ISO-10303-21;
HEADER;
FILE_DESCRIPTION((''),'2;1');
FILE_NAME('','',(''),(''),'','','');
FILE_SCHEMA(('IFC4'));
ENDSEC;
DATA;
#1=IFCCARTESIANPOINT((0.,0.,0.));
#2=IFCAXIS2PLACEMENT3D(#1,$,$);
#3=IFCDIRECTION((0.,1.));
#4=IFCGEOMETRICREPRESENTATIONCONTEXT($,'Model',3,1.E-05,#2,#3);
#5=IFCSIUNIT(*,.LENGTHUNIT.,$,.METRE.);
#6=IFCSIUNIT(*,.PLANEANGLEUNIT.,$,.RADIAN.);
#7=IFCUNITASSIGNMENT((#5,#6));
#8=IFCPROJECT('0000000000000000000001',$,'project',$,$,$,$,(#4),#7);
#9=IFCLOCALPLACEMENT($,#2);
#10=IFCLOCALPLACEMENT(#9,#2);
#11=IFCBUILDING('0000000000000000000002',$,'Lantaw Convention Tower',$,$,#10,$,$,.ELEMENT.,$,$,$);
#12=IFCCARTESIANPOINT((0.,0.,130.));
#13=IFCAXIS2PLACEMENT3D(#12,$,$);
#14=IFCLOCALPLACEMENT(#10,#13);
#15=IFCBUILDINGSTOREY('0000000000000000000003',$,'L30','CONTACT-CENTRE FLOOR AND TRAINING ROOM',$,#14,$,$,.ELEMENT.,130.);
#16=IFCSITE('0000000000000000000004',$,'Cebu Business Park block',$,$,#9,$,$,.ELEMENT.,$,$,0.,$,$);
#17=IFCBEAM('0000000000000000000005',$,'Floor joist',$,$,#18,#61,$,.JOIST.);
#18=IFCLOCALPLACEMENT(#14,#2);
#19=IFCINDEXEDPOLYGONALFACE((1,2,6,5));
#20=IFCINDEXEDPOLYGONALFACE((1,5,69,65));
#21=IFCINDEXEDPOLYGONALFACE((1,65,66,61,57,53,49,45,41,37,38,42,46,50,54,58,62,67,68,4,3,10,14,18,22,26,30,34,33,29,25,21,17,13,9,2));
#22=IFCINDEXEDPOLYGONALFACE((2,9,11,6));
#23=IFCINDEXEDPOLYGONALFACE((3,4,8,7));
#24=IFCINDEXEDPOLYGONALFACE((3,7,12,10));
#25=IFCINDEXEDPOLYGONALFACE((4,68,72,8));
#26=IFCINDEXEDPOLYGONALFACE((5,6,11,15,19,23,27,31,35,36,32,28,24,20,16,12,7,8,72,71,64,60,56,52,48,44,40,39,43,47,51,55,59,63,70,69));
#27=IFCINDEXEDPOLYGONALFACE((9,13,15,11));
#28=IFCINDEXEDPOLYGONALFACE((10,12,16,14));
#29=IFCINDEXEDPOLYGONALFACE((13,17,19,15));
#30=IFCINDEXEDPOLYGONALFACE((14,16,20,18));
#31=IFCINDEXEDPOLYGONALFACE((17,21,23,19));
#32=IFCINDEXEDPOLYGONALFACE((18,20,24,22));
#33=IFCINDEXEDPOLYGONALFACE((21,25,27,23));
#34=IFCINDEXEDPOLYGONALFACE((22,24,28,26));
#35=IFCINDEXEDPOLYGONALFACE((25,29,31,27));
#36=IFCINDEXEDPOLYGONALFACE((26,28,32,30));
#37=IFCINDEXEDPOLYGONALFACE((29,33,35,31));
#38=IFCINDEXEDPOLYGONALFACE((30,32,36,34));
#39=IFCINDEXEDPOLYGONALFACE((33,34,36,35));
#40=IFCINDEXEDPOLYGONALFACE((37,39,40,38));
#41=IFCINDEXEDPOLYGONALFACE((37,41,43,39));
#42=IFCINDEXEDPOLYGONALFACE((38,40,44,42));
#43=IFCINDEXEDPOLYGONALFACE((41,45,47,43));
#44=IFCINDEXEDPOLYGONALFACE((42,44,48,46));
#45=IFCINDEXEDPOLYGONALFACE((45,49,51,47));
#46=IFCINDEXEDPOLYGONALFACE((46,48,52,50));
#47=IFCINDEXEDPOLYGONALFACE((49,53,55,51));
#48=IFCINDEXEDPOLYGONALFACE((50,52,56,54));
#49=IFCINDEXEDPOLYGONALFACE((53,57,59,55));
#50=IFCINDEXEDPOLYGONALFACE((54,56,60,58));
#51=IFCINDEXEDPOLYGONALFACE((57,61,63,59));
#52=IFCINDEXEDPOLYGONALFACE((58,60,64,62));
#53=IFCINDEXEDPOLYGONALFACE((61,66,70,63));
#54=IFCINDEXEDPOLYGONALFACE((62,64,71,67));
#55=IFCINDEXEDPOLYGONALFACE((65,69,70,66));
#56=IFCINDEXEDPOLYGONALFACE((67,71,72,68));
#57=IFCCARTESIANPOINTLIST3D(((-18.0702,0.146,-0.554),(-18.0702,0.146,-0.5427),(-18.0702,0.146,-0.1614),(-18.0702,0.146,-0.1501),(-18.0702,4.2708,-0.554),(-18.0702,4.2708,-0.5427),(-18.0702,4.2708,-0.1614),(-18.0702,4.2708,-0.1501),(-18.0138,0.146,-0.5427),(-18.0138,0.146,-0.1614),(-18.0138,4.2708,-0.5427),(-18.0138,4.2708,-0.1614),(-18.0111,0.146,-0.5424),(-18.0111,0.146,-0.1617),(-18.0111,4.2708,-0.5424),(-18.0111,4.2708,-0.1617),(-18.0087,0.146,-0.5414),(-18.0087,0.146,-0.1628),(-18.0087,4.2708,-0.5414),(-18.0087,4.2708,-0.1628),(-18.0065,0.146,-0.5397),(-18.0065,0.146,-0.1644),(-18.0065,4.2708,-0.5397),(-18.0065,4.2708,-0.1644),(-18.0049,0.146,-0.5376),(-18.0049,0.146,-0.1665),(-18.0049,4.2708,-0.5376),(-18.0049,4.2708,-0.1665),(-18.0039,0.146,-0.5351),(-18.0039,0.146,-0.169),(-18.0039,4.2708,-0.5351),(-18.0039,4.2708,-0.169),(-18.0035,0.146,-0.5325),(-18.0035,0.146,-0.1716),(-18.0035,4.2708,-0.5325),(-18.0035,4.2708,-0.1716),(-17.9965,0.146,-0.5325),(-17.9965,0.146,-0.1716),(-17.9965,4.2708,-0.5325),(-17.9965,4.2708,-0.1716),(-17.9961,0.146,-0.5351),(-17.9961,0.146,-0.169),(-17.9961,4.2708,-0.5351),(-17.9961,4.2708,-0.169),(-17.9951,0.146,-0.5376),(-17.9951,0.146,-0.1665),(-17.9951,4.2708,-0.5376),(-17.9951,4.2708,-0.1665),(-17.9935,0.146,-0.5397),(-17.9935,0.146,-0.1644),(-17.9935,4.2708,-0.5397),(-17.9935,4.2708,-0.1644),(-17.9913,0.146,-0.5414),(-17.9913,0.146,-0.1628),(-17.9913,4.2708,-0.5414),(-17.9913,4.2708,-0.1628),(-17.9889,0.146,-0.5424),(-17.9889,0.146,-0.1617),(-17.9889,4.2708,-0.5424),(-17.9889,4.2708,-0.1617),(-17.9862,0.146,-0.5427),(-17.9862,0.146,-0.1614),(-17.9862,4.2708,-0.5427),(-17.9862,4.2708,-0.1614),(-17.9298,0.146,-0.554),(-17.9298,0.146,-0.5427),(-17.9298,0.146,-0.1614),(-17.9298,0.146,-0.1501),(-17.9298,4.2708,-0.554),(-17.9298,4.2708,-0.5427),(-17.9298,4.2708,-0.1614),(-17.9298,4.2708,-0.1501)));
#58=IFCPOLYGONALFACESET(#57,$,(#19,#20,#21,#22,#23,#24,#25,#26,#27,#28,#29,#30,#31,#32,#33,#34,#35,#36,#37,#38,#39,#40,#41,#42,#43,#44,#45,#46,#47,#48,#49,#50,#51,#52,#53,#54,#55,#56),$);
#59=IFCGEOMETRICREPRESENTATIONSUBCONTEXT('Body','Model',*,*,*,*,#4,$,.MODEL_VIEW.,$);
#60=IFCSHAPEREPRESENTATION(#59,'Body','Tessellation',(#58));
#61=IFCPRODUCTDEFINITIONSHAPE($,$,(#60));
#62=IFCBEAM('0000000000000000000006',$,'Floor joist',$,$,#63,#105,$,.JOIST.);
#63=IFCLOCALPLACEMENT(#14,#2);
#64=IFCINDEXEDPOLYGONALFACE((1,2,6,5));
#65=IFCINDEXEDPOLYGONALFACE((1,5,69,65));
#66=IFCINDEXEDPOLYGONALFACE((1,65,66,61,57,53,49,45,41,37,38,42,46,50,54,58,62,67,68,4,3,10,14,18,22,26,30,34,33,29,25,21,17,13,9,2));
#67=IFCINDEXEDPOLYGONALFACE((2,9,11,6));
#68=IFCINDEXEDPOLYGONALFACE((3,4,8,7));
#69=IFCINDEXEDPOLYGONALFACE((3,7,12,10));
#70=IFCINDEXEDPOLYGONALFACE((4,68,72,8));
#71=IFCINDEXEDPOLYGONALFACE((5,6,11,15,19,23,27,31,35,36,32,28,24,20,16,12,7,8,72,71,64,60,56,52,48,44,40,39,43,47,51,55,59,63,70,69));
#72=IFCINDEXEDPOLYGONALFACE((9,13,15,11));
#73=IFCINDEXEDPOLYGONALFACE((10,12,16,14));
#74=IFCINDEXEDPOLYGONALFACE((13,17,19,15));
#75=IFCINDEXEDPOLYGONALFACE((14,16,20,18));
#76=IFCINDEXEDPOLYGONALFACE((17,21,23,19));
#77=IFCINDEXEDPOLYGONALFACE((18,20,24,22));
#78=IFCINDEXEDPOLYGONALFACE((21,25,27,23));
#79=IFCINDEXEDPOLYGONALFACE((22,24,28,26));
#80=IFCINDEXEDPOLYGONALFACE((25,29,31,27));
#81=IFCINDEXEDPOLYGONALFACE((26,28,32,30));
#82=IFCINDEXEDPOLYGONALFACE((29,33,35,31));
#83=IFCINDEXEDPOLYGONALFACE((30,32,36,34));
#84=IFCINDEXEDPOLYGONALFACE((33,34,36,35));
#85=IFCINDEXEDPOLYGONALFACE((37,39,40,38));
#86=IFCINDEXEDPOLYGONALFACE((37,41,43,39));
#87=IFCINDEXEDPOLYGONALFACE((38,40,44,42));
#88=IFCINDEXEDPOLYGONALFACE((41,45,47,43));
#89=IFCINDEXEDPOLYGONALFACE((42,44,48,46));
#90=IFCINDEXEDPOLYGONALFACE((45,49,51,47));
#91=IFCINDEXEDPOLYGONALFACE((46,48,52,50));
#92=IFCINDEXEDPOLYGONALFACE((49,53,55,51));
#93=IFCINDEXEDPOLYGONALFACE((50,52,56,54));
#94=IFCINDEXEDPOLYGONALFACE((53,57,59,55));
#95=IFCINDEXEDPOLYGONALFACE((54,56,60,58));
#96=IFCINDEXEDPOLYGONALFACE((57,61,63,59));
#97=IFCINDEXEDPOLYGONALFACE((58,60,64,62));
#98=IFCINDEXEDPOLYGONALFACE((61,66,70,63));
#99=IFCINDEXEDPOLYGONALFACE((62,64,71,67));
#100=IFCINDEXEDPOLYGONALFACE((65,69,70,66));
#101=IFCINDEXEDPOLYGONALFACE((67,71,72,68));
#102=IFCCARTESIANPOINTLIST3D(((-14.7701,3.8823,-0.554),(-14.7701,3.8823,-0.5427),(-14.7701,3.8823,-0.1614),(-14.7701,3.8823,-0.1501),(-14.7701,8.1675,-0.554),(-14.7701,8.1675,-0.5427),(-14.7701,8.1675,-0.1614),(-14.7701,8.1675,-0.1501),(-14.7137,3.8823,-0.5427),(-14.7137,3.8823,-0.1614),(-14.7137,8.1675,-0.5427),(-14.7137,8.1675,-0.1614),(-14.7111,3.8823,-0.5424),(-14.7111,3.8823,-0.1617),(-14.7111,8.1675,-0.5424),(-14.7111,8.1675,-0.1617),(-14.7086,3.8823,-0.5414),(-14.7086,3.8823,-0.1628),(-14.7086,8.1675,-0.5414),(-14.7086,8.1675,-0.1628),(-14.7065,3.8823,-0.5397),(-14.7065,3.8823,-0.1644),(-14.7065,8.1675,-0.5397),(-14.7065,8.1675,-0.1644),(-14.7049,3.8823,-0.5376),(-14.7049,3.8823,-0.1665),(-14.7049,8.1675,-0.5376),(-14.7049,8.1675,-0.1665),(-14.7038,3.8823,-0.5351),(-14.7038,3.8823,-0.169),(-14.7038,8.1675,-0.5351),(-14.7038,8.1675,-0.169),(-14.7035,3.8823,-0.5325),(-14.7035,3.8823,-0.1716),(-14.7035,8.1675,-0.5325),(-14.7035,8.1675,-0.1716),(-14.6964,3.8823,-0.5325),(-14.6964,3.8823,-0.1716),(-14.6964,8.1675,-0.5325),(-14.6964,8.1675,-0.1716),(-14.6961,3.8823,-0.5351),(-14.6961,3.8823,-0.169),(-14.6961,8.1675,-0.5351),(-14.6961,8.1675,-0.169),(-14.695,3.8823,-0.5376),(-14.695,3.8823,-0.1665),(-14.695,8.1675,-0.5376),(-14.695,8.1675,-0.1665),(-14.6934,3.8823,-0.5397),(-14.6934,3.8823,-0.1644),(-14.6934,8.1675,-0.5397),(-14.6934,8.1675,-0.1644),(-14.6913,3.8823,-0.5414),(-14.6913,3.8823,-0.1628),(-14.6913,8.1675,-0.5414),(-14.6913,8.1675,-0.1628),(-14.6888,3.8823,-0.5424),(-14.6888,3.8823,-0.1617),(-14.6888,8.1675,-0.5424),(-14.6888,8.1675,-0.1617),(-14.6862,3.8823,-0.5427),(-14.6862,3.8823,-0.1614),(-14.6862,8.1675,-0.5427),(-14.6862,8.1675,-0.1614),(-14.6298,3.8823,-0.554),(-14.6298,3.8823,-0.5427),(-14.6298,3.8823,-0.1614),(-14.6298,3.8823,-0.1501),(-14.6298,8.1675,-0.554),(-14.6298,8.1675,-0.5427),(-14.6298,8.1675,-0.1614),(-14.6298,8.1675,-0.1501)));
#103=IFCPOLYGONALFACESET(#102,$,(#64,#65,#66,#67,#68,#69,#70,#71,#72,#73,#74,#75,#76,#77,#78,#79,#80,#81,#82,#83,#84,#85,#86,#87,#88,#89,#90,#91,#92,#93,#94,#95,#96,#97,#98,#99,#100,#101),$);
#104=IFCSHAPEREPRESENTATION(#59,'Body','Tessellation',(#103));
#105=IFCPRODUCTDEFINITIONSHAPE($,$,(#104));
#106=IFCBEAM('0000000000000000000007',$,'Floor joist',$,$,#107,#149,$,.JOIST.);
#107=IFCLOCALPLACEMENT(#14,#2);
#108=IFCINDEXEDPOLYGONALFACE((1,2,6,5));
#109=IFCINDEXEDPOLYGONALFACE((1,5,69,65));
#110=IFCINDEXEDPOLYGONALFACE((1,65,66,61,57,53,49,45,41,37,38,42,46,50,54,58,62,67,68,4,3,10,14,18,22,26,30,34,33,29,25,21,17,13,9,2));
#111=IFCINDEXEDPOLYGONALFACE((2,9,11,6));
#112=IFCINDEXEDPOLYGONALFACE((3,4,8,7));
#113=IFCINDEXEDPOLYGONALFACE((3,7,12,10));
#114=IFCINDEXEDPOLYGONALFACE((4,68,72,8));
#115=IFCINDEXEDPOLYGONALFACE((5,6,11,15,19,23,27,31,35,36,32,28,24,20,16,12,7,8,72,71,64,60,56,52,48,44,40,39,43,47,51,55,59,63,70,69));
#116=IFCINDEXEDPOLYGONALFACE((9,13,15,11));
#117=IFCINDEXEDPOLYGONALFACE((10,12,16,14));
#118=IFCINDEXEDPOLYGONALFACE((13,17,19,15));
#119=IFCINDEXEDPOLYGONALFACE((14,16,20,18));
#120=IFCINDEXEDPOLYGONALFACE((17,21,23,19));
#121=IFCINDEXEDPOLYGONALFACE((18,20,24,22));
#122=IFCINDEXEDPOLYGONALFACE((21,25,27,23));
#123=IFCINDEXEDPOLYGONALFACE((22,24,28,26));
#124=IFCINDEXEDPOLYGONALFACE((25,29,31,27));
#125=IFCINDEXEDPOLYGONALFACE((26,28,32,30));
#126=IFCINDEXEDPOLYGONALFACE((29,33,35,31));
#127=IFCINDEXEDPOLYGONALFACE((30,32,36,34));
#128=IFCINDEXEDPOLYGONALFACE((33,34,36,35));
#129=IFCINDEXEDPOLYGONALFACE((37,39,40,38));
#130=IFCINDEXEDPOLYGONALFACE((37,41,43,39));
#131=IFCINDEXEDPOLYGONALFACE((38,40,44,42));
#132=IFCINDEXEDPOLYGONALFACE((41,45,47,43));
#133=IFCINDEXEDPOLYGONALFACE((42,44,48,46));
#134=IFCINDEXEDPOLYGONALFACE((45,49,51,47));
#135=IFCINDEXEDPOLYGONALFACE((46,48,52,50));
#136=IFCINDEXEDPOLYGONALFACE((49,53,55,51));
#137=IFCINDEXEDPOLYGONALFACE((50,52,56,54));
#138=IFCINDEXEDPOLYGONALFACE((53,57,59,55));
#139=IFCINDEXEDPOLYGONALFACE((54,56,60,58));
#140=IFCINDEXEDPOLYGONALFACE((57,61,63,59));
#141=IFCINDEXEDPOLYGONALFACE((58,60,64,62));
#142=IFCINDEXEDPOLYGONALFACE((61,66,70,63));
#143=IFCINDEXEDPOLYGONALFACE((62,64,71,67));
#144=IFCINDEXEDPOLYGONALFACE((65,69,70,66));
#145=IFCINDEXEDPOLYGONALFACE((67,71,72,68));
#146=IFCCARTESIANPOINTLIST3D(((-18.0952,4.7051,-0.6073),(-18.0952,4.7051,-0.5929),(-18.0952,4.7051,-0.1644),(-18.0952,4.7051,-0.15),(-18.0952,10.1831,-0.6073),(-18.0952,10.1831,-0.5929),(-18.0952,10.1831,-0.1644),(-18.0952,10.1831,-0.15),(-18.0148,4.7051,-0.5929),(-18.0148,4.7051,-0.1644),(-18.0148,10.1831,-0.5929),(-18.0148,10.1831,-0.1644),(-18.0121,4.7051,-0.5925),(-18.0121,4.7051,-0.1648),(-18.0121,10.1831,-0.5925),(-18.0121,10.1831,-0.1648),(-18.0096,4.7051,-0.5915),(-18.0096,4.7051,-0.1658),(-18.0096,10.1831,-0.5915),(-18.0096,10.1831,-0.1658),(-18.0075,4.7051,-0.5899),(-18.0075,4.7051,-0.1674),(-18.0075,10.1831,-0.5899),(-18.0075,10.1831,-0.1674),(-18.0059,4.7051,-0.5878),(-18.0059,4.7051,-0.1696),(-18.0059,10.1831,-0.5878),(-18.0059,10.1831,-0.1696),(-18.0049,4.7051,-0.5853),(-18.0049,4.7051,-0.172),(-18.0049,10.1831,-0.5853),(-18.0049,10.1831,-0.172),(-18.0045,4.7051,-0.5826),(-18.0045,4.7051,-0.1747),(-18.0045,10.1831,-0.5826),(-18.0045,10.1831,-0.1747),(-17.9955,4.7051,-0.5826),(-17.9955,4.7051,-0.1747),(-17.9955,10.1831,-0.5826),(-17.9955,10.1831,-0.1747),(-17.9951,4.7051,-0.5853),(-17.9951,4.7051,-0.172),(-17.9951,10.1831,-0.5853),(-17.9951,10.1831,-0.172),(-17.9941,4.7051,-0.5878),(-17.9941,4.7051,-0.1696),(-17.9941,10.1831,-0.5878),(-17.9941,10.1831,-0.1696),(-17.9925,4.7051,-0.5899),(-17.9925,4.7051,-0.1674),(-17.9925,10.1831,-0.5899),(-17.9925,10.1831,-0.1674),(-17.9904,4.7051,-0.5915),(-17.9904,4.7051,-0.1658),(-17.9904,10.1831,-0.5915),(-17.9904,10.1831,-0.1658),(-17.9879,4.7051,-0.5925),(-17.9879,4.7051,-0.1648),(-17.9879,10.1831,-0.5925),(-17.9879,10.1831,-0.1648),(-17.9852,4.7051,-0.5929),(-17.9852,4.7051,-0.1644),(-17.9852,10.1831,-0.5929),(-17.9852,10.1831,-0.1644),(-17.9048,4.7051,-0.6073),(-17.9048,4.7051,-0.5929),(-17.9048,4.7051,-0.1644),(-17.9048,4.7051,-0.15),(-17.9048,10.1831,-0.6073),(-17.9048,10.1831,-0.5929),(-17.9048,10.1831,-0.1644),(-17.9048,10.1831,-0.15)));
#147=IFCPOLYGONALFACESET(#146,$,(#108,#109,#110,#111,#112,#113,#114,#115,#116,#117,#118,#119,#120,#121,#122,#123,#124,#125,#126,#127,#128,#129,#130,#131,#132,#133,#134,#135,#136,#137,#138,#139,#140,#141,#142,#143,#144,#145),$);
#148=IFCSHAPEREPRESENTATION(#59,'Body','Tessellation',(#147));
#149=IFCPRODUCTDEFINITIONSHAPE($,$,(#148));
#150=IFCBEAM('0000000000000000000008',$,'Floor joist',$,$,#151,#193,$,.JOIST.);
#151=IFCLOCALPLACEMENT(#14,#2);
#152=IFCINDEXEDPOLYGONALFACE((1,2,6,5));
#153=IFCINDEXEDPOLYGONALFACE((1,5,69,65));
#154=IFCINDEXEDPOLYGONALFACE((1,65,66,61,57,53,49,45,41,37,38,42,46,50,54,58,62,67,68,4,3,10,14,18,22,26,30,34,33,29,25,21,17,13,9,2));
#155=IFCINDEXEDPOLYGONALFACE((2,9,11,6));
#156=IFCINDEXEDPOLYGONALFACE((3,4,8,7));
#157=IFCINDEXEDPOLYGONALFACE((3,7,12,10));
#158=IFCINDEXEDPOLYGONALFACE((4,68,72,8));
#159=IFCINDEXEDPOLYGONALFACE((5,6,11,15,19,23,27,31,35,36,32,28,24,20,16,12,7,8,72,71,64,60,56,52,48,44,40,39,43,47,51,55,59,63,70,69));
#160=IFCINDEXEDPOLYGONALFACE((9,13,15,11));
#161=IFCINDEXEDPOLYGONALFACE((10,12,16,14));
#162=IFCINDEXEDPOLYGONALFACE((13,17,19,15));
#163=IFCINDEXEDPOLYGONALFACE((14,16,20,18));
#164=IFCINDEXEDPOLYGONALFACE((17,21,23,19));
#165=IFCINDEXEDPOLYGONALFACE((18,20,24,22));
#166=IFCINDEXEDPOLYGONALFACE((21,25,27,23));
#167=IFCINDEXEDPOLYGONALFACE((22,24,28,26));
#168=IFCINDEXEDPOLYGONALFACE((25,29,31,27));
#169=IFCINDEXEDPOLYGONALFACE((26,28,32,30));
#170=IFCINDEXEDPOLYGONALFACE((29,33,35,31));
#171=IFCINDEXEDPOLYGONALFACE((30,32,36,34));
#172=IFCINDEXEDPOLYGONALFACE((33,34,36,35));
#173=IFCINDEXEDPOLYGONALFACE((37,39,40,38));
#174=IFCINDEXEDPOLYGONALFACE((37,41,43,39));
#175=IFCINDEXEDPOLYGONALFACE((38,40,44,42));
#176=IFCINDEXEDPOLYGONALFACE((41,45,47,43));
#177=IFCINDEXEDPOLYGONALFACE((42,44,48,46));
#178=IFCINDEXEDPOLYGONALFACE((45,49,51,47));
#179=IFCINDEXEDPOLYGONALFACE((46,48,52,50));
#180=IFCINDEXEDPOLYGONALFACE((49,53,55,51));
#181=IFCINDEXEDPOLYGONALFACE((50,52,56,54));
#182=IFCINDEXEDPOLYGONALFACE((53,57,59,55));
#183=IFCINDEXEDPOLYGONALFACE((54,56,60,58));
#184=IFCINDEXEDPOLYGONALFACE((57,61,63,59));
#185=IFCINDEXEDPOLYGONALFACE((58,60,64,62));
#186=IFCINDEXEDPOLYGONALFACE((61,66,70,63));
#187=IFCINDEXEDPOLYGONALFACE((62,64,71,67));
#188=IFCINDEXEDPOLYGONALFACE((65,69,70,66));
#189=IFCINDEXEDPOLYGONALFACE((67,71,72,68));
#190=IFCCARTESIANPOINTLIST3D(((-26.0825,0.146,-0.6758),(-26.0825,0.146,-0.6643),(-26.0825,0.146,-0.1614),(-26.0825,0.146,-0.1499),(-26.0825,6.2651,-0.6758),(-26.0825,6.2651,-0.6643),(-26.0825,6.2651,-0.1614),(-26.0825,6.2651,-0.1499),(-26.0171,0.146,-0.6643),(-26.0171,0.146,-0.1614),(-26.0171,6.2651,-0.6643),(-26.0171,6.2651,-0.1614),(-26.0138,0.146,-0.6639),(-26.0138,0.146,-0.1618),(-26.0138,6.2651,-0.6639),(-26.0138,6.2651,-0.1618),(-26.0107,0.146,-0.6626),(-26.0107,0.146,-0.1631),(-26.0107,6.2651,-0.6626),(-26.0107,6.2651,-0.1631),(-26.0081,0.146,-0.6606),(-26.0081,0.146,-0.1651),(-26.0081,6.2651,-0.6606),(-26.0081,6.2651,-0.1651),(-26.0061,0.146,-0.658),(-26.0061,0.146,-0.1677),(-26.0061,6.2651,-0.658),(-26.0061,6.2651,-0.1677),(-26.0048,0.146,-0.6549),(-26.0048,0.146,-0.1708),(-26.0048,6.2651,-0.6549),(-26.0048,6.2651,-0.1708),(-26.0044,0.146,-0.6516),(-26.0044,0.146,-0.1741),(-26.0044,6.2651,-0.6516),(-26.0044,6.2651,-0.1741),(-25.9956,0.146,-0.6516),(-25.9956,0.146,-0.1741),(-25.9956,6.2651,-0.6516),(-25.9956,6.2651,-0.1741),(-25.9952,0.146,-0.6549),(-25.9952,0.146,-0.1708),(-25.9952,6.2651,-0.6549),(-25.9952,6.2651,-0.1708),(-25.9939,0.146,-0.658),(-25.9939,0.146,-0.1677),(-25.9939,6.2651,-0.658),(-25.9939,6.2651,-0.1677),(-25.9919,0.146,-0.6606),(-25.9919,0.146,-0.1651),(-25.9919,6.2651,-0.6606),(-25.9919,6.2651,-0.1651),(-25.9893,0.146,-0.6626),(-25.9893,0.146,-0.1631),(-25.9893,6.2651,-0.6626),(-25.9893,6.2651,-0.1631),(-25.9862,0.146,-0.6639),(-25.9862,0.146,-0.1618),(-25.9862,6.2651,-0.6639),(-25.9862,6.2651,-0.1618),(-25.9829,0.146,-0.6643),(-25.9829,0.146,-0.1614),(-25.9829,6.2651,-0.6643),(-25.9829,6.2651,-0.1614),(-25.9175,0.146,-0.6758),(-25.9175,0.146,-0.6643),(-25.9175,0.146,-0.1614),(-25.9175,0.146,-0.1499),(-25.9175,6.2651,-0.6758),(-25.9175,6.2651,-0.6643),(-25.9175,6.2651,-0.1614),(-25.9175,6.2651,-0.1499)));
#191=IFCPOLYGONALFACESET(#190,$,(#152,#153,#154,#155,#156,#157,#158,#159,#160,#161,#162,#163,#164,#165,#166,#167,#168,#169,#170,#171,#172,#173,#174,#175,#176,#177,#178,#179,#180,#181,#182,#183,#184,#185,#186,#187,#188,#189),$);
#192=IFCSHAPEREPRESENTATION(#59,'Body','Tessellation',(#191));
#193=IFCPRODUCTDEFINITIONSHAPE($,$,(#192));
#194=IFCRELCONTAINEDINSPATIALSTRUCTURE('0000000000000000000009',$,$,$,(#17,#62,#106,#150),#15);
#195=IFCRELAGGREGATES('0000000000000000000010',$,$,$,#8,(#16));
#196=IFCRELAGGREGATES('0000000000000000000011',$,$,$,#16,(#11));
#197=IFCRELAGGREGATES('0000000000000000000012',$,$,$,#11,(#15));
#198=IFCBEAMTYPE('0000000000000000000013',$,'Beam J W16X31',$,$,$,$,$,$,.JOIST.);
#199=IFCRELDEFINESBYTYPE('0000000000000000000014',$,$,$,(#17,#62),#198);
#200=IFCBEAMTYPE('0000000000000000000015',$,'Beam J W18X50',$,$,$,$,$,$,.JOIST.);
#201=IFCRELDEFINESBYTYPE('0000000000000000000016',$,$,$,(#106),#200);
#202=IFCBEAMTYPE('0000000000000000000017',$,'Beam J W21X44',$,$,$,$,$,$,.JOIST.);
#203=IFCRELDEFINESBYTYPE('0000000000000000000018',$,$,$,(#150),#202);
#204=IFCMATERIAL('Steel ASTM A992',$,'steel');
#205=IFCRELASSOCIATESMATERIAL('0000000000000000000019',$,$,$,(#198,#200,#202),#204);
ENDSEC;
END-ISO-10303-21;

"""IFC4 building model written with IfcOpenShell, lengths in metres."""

from ifc_helpers import new_model, si_unit, direction, frame, origin, origin_2d, place, context, subcontext, project, spatial, i_section, extrude, material, material_profile, profile_set, type_object, element, save


model = new_model("IFC4")

# Units and contexts
model_context = context("Model", 3, precision=1e-05, world=origin(), true_north=direction((0.0, 1.0)))
body_context = subcontext(model_context, "Body", "Model", "MODEL_VIEW")
ifc_project = project(units=[si_unit("LENGTHUNIT", "METRE"), si_unit("PLANEANGLEUNIT", "RADIAN")], contexts=[model_context])

# Site, building, storey
site_placement = place(None, origin())
site = spatial("IfcSite", under=ifc_project, at=site_placement, Name="Cebu Business Park block", CompositionType="ELEMENT", RefElevation=0.0)
building_placement = place(site_placement, origin())
building = spatial("IfcBuilding", under=site, at=building_placement, Name="Lantaw Convention Tower", CompositionType="ELEMENT")
storey_placement = place(building_placement, frame((0.0, 0.0, 130.0)))
storey = spatial("IfcBuildingStorey", under=building, at=storey_placement, Name="L30", Description="CONTACT-CENTRE FLOOR AND TRAINING ROOM", CompositionType="ELEMENT", Elevation=130.0)

# Beams
ifc_material_1 = material(Name="Steel ASTM A992", Category="steel")
ifc_material_profile_1 = material_profile(ifc_material_1, i_section(OverallWidth=0.1404, OverallDepth=0.4038, WebThickness=0.0071, FlangeThickness=0.0112, FilletRadius=0.0103, at=origin_2d()), Name="W16X31")
ifc_profile_set_1 = profile_set([ifc_material_profile_1], Name="Steel ASTM A992")
beam_type_1 = type_object("IfcBeamType", Name="Beam J W16X31", PredefinedType="JOIST", material=ifc_profile_set_1)
beam_1_placement = place(storey_placement, frame((-18.0, 0.146, -0.3521), z_axis=(0.0, 1.0, 0.0), x_axis=(-1.0, 0.0, 0.0)))
element("IfcBeam", 1, at=beam_1_placement, inside=storey, type_object=beam_type_1, Name="Floor joist", PredefinedType="JOIST", context=body_context, shape_type="SweptSolid", body=[
    extrude(i_section(OverallWidth=0.1404, OverallDepth=0.4038, WebThickness=0.0071, FlangeThickness=0.0112, FilletRadius=0.0103, at=origin_2d()), origin(), (0.0, 0.0, 1.0), 4.1248),
])
beam_2_placement = place(storey_placement, frame((-14.7, 3.8823, -0.3521), z_axis=(0.0, 1.0, 0.0), x_axis=(-1.0, 0.0, 0.0)))
element("IfcBeam", 2, at=beam_2_placement, inside=storey, type_object=beam_type_1, Name="Floor joist", PredefinedType="JOIST", context=body_context, shape_type="SweptSolid", body=[
    extrude(i_section(OverallWidth=0.1404, OverallDepth=0.4038, WebThickness=0.0071, FlangeThickness=0.0112, FilletRadius=0.0103, at=origin_2d()), origin(), (0.0, 0.0, 1.0), 4.2852),
])
ifc_material_profile_2 = material_profile(ifc_material_1, i_section(OverallWidth=0.1904, OverallDepth=0.4573, WebThickness=0.009, FlangeThickness=0.0144, FilletRadius=0.0103, at=origin_2d()), Name="W18X50")
ifc_profile_set_2 = profile_set([ifc_material_profile_2], Name="Steel ASTM A992")
beam_type_2 = type_object("IfcBeamType", Name="Beam J W18X50", PredefinedType="JOIST", material=ifc_profile_set_2)
beam_3_placement = place(storey_placement, frame((-18.0, 4.7051, -0.3787), z_axis=(0.0, 1.0, 0.0), x_axis=(-1.0, 0.0, 0.0)))
element("IfcBeam", 3, at=beam_3_placement, inside=storey, type_object=beam_type_2, Name="Floor joist", PredefinedType="JOIST", context=body_context, shape_type="SweptSolid", body=[
    extrude(i_section(OverallWidth=0.1904, OverallDepth=0.4573, WebThickness=0.009, FlangeThickness=0.0144, FilletRadius=0.0103, at=origin_2d()), origin(), (0.0, 0.0, 1.0), 5.478),
])
ifc_material_profile_3 = material_profile(ifc_material_1, i_section(OverallWidth=0.165, OverallDepth=0.5259, WebThickness=0.0088, FlangeThickness=0.0115, FilletRadius=0.0127, at=origin_2d()), Name="W21X44")
ifc_profile_set_3 = profile_set([ifc_material_profile_3], Name="Steel ASTM A992")
beam_type_3 = type_object("IfcBeamType", Name="Beam J W21X44", PredefinedType="JOIST", material=ifc_profile_set_3)
beam_4_placement = place(storey_placement, frame((-26.0, 0.146, -0.4128), z_axis=(0.0, 1.0, 0.0), x_axis=(-1.0, 0.0, 0.0)))
element("IfcBeam", 4, at=beam_4_placement, inside=storey, type_object=beam_type_3, Name="Floor joist", PredefinedType="JOIST", context=body_context, shape_type="SweptSolid", body=[
    extrude(i_section(OverallWidth=0.165, OverallDepth=0.5259, WebThickness=0.0088, FlangeThickness=0.0115, FilletRadius=0.0127, at=origin_2d()), origin(), (0.0, 0.0, 1.0), 6.1191),
])

save(model, "model.ifc")
